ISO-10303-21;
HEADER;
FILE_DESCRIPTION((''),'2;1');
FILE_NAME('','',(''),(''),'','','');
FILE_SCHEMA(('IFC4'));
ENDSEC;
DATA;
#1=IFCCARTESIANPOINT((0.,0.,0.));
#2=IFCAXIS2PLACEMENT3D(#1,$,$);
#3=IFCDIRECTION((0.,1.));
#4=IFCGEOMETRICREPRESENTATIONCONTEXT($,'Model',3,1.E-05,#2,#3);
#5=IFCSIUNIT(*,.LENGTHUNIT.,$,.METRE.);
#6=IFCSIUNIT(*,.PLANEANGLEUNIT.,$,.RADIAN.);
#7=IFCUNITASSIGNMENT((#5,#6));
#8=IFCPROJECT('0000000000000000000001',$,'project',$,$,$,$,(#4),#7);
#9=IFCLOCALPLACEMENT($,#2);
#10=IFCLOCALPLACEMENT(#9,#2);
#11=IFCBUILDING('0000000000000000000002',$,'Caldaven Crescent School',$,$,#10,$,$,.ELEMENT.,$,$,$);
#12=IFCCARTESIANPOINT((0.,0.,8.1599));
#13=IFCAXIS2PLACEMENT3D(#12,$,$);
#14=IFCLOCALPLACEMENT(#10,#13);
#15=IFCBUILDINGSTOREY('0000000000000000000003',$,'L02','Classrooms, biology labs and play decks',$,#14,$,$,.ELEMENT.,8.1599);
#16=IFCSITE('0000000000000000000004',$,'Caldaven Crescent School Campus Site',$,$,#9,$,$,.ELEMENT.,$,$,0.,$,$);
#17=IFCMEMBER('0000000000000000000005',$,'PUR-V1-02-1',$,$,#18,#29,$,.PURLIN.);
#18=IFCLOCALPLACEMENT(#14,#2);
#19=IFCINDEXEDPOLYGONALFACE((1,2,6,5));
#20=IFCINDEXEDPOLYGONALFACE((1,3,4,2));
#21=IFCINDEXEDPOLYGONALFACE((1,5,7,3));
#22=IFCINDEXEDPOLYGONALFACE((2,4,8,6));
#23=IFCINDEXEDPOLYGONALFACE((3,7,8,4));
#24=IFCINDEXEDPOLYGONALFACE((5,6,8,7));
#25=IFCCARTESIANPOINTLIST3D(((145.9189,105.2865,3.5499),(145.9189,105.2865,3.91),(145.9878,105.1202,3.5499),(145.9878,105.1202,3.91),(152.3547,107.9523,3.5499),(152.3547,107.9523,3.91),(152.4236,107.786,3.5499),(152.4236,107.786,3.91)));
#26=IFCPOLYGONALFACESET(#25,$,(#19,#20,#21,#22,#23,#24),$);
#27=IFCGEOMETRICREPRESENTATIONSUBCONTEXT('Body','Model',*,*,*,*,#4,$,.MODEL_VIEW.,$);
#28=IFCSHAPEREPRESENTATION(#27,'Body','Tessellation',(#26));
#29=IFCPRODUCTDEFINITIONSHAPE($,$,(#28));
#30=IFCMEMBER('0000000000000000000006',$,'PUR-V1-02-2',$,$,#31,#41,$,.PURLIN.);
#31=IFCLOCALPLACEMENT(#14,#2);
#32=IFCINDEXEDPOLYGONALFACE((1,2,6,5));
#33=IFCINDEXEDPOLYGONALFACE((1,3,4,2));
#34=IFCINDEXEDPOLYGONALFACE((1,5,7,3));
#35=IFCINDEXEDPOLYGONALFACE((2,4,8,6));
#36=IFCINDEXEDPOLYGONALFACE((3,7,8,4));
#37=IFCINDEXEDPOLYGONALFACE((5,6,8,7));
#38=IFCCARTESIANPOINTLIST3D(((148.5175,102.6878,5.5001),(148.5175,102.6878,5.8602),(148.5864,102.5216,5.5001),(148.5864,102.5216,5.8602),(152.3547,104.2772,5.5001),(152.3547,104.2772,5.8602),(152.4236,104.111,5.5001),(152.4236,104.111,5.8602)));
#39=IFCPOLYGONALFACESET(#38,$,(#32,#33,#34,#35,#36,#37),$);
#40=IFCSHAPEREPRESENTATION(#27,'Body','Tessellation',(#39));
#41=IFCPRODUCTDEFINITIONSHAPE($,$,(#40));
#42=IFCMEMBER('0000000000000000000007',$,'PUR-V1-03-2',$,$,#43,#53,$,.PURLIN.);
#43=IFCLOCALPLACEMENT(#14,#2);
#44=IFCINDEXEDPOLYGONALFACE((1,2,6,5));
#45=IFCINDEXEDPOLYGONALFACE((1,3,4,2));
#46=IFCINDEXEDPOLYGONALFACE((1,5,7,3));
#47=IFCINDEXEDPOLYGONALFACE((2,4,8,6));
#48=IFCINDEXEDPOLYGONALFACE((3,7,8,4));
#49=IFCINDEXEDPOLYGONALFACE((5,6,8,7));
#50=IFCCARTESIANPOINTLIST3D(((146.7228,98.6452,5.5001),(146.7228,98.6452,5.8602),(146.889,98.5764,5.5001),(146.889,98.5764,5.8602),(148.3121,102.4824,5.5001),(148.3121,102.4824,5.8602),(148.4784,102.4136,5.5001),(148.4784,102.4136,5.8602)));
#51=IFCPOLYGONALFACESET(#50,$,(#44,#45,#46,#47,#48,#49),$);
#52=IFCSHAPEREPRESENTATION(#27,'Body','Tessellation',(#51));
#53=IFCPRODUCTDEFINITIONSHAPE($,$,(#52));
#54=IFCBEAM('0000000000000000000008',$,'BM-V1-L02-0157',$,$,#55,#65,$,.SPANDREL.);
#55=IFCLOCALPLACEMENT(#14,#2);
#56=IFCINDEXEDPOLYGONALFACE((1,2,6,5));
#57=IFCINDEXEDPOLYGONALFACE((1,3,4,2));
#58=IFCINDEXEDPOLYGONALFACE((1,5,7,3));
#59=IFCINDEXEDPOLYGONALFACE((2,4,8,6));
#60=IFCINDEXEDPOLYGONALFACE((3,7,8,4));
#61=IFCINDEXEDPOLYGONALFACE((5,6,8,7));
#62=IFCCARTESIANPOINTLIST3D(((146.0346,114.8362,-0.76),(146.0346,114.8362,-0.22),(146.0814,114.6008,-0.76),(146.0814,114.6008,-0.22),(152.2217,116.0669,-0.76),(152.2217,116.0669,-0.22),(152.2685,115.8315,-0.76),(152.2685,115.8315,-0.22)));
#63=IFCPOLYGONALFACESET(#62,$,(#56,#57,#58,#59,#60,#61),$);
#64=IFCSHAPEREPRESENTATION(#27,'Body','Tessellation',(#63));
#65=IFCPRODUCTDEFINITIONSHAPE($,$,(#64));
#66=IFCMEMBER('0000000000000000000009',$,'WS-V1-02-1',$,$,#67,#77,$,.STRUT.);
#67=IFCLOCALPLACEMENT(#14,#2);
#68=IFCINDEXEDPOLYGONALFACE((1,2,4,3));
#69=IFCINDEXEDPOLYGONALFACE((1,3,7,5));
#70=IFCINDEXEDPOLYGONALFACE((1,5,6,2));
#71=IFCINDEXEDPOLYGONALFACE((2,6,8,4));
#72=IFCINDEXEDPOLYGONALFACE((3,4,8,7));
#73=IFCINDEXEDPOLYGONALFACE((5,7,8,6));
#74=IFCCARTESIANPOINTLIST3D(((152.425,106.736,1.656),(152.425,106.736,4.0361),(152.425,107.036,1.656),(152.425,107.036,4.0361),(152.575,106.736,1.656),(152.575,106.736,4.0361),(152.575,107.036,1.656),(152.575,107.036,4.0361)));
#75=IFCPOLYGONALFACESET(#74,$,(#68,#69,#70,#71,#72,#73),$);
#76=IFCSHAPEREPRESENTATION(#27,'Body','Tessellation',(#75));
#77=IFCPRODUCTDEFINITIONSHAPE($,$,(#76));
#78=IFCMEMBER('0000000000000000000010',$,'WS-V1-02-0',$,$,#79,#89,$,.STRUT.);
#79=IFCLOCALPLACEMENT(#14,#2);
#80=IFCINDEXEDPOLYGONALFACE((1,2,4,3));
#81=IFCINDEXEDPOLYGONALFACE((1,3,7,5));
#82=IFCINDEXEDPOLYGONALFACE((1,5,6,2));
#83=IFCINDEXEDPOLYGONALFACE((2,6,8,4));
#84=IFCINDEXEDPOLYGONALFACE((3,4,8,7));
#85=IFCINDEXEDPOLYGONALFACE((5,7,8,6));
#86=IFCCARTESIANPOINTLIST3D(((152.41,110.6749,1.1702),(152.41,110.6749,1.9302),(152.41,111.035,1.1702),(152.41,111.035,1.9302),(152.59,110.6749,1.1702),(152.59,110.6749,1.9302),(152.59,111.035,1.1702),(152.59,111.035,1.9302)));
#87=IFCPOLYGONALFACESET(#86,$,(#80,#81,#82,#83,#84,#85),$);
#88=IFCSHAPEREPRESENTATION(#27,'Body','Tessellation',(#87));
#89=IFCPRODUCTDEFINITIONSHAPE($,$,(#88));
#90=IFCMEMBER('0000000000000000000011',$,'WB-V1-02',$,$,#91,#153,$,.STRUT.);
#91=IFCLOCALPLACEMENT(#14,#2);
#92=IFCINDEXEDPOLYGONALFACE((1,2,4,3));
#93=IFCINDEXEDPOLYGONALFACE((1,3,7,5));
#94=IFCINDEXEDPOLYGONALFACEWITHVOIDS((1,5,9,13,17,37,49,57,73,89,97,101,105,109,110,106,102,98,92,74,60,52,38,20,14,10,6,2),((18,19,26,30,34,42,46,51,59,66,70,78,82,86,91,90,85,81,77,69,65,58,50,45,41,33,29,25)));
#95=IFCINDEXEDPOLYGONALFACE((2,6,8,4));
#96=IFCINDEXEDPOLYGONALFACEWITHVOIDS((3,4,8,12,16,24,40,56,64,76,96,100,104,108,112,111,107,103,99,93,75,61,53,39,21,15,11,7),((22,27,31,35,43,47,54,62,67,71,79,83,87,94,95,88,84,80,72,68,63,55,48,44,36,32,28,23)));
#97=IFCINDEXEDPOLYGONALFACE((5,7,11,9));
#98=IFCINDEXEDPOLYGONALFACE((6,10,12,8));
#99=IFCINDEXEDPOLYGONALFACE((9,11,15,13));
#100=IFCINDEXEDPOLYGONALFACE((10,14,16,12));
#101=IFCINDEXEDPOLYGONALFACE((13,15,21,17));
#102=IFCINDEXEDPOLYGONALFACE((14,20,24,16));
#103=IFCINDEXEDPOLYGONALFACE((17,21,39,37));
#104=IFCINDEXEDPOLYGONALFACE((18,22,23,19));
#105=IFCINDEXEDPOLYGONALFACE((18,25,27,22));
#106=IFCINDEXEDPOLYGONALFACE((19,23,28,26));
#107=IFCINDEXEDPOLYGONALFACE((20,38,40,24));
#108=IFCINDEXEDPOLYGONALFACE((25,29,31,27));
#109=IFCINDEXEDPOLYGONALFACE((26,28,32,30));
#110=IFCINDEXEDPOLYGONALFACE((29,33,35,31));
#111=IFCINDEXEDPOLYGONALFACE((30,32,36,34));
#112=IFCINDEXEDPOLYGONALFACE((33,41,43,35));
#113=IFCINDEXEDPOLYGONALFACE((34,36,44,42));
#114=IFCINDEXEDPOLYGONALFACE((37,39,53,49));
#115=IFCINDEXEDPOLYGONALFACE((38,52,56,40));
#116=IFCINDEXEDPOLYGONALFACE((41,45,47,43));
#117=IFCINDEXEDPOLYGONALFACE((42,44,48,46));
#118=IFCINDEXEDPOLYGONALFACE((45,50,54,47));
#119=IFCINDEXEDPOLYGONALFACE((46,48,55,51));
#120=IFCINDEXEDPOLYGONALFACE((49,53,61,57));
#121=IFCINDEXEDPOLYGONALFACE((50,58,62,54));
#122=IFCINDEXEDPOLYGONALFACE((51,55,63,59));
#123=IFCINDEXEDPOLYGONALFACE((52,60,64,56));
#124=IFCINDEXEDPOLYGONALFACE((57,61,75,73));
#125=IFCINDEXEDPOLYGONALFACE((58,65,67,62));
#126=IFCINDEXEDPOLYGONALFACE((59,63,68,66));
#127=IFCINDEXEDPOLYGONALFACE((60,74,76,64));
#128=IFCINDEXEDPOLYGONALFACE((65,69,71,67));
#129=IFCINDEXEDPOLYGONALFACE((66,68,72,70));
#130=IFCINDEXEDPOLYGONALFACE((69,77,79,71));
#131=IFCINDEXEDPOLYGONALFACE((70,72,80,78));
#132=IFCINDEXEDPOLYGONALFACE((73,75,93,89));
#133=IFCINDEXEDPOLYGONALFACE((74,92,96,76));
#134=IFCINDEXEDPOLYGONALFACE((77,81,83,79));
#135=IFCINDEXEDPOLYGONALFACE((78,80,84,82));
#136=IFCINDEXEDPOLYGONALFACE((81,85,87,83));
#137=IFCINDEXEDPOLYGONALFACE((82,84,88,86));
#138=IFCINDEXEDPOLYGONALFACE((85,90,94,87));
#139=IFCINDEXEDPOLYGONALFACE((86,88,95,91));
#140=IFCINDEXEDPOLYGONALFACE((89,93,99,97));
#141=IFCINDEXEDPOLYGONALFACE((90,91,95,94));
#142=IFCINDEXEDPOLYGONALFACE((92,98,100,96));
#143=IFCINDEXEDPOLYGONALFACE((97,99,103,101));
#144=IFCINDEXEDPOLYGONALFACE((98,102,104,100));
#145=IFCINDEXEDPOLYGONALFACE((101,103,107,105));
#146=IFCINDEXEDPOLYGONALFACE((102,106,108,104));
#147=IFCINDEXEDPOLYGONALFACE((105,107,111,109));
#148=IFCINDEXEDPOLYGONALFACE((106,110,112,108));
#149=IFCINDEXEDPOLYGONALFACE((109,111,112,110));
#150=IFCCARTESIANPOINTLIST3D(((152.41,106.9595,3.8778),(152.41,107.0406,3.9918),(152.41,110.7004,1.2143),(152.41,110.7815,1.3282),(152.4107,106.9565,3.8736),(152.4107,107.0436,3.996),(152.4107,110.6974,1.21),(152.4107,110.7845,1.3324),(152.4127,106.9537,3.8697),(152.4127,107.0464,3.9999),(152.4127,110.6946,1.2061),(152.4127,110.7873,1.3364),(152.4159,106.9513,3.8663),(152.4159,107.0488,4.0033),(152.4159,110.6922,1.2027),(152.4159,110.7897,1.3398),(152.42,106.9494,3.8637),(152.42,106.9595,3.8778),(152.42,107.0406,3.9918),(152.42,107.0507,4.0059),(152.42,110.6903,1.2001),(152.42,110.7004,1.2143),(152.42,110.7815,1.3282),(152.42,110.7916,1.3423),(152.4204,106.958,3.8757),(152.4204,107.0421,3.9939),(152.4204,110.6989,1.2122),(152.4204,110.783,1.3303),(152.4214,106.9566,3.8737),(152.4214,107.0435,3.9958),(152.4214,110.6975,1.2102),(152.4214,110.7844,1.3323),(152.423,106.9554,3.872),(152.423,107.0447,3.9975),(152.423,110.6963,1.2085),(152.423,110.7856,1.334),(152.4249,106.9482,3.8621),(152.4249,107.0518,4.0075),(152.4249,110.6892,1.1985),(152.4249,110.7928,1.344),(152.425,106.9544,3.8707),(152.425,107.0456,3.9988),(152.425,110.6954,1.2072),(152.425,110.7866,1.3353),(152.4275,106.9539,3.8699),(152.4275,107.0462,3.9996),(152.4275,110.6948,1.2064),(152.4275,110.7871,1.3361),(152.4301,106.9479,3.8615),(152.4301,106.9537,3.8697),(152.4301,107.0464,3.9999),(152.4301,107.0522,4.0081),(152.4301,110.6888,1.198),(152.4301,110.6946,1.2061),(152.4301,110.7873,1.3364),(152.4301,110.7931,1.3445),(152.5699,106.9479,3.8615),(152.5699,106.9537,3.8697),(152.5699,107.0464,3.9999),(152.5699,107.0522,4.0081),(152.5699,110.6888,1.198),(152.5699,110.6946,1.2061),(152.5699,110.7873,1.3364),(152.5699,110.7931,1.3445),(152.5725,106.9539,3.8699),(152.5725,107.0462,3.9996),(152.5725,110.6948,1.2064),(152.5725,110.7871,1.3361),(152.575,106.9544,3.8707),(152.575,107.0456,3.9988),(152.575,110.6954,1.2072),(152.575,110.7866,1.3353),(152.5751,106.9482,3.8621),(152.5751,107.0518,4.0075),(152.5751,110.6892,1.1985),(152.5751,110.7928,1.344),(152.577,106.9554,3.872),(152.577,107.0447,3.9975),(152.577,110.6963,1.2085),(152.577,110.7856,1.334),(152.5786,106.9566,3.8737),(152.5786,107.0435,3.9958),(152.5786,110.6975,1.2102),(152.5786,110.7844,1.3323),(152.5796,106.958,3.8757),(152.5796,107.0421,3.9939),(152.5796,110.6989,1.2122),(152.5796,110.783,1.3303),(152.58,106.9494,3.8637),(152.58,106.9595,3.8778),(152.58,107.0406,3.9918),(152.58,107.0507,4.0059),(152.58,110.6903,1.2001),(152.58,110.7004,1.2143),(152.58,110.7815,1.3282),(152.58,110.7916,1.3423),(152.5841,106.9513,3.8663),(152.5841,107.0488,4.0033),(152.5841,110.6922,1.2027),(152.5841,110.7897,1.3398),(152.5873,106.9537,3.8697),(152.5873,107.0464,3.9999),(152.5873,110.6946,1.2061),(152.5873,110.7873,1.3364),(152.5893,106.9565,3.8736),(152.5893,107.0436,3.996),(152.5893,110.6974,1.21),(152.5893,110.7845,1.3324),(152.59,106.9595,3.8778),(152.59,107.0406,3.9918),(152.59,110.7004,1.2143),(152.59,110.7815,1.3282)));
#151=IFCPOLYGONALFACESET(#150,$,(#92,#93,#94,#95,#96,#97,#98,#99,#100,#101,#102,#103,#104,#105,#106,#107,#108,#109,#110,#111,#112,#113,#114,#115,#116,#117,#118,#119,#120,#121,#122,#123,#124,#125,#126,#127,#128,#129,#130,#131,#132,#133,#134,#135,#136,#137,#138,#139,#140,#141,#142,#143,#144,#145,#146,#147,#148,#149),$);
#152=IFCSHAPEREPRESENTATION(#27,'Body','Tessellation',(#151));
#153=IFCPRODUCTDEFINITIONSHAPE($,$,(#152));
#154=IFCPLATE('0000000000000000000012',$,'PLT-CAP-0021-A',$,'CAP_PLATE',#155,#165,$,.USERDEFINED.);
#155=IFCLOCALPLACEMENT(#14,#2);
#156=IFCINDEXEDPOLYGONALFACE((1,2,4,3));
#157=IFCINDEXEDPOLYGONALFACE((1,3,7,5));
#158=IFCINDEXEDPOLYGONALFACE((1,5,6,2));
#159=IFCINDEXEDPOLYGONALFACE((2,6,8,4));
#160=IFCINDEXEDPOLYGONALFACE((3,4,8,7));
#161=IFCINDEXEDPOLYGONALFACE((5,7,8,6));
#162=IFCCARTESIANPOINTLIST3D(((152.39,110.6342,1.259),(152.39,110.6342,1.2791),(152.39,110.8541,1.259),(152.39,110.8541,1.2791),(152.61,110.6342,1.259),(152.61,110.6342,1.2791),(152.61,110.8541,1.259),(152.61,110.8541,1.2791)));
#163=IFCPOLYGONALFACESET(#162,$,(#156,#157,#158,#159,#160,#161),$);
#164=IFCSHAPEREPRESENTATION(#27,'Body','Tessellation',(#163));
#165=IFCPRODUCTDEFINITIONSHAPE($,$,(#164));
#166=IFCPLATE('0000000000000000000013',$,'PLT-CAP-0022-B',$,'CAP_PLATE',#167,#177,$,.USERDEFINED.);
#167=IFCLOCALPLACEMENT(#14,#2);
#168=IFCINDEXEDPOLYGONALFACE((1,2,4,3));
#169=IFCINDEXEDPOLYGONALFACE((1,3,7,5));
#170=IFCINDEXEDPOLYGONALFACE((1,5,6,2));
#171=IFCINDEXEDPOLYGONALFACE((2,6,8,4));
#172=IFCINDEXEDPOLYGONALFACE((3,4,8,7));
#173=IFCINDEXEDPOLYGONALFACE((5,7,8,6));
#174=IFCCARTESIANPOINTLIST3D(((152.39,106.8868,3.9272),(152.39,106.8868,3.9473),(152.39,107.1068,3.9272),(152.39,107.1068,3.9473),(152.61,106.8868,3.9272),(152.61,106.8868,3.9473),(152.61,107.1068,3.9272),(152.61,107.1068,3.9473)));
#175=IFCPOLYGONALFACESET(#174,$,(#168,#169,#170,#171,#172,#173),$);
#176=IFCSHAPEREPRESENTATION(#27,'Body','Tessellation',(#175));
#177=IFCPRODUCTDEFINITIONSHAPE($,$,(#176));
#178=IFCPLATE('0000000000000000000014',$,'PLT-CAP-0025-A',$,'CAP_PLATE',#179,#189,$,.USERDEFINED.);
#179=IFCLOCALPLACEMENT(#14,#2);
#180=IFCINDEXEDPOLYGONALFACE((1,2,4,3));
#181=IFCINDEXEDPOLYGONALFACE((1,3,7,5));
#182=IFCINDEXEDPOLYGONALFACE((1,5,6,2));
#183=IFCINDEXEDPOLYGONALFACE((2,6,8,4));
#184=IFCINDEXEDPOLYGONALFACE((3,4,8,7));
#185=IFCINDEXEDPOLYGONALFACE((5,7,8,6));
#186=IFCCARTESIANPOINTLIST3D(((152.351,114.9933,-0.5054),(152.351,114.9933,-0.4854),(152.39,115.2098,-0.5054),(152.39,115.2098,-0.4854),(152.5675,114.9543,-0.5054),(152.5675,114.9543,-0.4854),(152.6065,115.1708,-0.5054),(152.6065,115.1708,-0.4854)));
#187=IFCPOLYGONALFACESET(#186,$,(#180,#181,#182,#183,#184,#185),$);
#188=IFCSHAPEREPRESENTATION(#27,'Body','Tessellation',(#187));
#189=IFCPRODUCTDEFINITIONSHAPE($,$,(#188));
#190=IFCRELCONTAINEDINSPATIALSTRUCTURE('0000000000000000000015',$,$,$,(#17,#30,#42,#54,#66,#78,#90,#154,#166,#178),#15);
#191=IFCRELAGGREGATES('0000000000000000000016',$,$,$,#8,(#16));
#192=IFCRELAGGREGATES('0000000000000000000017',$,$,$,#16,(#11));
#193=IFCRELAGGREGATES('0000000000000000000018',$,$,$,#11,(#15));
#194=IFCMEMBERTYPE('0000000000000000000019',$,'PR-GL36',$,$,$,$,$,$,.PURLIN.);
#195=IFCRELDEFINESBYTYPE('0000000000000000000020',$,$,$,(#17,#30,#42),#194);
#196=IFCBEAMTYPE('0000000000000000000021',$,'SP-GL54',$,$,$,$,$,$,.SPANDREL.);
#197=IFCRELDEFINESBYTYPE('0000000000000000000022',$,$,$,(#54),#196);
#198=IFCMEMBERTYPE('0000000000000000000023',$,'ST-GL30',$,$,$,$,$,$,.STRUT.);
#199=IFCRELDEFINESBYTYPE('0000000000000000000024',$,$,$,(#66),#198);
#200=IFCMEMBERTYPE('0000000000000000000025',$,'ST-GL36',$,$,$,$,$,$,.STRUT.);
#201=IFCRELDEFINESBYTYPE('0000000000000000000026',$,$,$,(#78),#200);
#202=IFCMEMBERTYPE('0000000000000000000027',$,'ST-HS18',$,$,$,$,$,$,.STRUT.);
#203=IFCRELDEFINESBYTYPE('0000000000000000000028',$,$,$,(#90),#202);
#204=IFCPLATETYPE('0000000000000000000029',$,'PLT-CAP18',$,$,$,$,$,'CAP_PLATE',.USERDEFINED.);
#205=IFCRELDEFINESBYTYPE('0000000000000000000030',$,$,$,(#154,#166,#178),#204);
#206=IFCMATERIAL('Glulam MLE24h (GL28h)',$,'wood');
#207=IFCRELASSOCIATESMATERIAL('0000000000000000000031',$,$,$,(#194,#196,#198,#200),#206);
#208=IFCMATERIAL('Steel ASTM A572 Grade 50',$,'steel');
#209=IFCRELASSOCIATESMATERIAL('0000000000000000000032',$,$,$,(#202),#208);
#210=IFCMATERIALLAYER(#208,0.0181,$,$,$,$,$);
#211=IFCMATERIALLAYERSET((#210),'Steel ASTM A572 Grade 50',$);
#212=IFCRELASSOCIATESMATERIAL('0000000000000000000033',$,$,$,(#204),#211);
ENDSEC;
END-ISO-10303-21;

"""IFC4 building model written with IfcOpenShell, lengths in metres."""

from ifc_helpers import new_model, si_unit, direction, frame, origin, origin_2d, place, context, subcontext, project, spatial, rectangle, hollow_rectangle, extrude, material, layer, layer_set, material_profile, profile_set, type_object, element, save


model = new_model("IFC4")

# Units and contexts
model_context = context("Model", 3, precision=1e-05, world=origin(), true_north=direction((0.0, 1.0)))
body_context = subcontext(model_context, "Body", "Model", "MODEL_VIEW")
ifc_project = project(units=[si_unit("LENGTHUNIT", "METRE"), si_unit("PLANEANGLEUNIT", "RADIAN")], contexts=[model_context])

# Site, building, storey
site_placement = place(None, origin())
site = spatial("IfcSite", under=ifc_project, at=site_placement, Name="Caldaven Crescent School Campus Site", CompositionType="ELEMENT", RefElevation=0.0)
building_placement = place(site_placement, origin())
building = spatial("IfcBuilding", under=site, at=building_placement, Name="Caldaven Crescent School", CompositionType="ELEMENT")
storey_placement = place(building_placement, frame((0.0, 0.0, 8.1599)))
storey = spatial("IfcBuildingStorey", under=building, at=storey_placement, Name="L02", Description="Classrooms, biology labs and play decks", CompositionType="ELEMENT", Elevation=8.1599)

# Shared definitions
ifc_material_1 = material(Name="Steel ASTM A572 Grade 50", Category="steel")

# Shared definitions
ifc_material_2 = material(Name="Glulam MLE24h (GL28h)", Category="wood")

# Members
ifc_material_profile_1 = material_profile(ifc_material_2, rectangle(XDim=0.1799, YDim=0.3601, at=origin_2d()), Name="MLE 180x360")
ifc_profile_set_1 = profile_set([ifc_material_profile_1], Name="Glulam MLE24h (GL28h)")
member_type_1 = type_object("IfcMemberType", Name="PR-GL36", PredefinedType="PURLIN", material=ifc_profile_set_1)
member_1_placement = place(storey_placement, frame((152.3892, 107.8691, 3.73), z_axis=(-0.923881, -0.382681, 0.0), x_axis=(0.382681, -0.923881, 0.0)))
element("IfcMember", 1, at=member_1_placement, inside=storey, type_object=member_type_1, Name="PUR-V1-02-1", PredefinedType="PURLIN", context=body_context, shape_type="SweptSolid", body=[
    extrude(rectangle(XDim=0.1799, YDim=0.3601, at=origin_2d()), origin(), (0.0, 0.0, 1.0), 6.9661),
])
for number, where, z_axis, x_axis, name in (
    (2, (152.3892, 104.1941, 5.6802), (-0.923884, -0.382674, 0.0), (0.382674, -0.923884, 0.0), "PUR-V1-02-2"),
    (3, (148.3953, 102.448, 5.6802), (-0.382674, -0.923884, 0.0), (0.923884, -0.382674, 0.0), "PUR-V1-03-2"),
):
    element("IfcMember", number, at=place(storey_placement, frame(where, z_axis=z_axis, x_axis=x_axis)), inside=storey, type_object=member_type_1, Name=name, PredefinedType="PURLIN", context=body_context, shape_type="SweptSolid", body=[
        extrude(rectangle(XDim=0.1799, YDim=0.3601, at=origin_2d()), origin(), (0.0, 0.0, 1.0), 4.1533),
    ])

# Beam
ifc_material_profile_2 = material_profile(ifc_material_2, rectangle(XDim=0.24, YDim=0.54, at=origin_2d()), Name="MLE 240x540")
ifc_profile_set_2 = profile_set([ifc_material_profile_2], Name="Glulam MLE24h (GL28h)")
beam_type_1 = type_object("IfcBeamType", Name="SP-GL54", PredefinedType="SPANDREL", material=ifc_profile_set_2)
beam_1_placement = place(storey_placement, frame((152.2451, 115.9492, -0.49), z_axis=(-0.980784, -0.195096, 0.0), x_axis=(0.195096, -0.980784, 0.0)))
element("IfcBeam", 4, at=beam_1_placement, inside=storey, type_object=beam_type_1, Name="BM-V1-L02-0157", PredefinedType="SPANDREL", context=body_context, shape_type="SweptSolid", body=[
    extrude(rectangle(XDim=0.24, YDim=0.54, at=origin_2d()), origin(), (0.0, 0.0, 1.0), 6.3083),
])

# Members
ifc_material_profile_3 = material_profile(ifc_material_2, rectangle(XDim=0.1499, YDim=0.3, at=origin_2d()), Name="MLE 150x300")
ifc_profile_set_3 = profile_set([ifc_material_profile_3], Name="Glulam MLE24h (GL28h)")
member_type_2 = type_object("IfcMemberType", Name="ST-GL30", PredefinedType="STRUT", material=ifc_profile_set_3)
member_2_placement = place(storey_placement, frame((152.5, 106.886, 1.656), z_axis=(0.0, 0.0, 1.0), x_axis=(1.0, 0.0, 0.0)))
element("IfcMember", 5, at=member_2_placement, inside=storey, type_object=member_type_2, Name="WS-V1-02-1", PredefinedType="STRUT", context=body_context, shape_type="SweptSolid", body=[
    extrude(rectangle(XDim=0.1499, YDim=0.3, at=origin_2d()), origin(), (0.0, 0.0, 1.0), 2.3801),
])
ifc_material_profile_4 = material_profile(ifc_material_2, rectangle(XDim=0.1799, YDim=0.3601, at=origin_2d()), Name="MLE 180x360")
ifc_profile_set_4 = profile_set([ifc_material_profile_4], Name="Glulam MLE24h (GL28h)")
member_type_3 = type_object("IfcMemberType", Name="ST-GL36", PredefinedType="STRUT", material=ifc_profile_set_4)
member_3_placement = place(storey_placement, frame((152.5, 110.855, 1.1702), z_axis=(0.0, 0.0, 1.0), x_axis=(1.0, 0.0, 0.0)))
element("IfcMember", 6, at=member_3_placement, inside=storey, type_object=member_type_3, Name="WS-V1-02-0", PredefinedType="STRUT", context=body_context, shape_type="SweptSolid", body=[
    extrude(rectangle(XDim=0.1799, YDim=0.3601, at=origin_2d()), origin(), (0.0, 0.0, 1.0), 0.76),
])
ifc_material_profile_5 = material_profile(ifc_material_1, hollow_rectangle(XDim=0.1799, YDim=0.1799, WallThickness=0.01, InnerFilletRadius=0.01, OuterFilletRadius=0.02, at=origin_2d()), Name="HSS 180x180x10")
ifc_profile_set_5 = profile_set([ifc_material_profile_5], Name="Steel ASTM A572 Grade 50")
member_type_4 = type_object("IfcMemberType", Name="ST-HS18", PredefinedType="STRUT", material=ifc_profile_set_5)
member_4_placement = place(storey_placement, frame((152.5, 110.741, 1.2712), z_axis=(0.0, -0.814613, 0.580005), x_axis=(1.0, 0.0, 0.0)))
element("IfcMember", 7, at=member_4_placement, inside=storey, type_object=member_type_4, Name="WB-V1-02", PredefinedType="STRUT", context=body_context, shape_type="SweptSolid", body=[
    extrude(hollow_rectangle(XDim=0.1799, YDim=0.1799, WallThickness=0.01, InnerFilletRadius=0.01, OuterFilletRadius=0.02, at=origin_2d()), origin(), (0.0, 0.0, 1.0), 4.5923),
])

# Plates
ifc_layer_1 = layer(ifc_material_1, 0.0181)
ifc_layer_set_1 = layer_set([ifc_layer_1], Name="Steel ASTM A572 Grade 50")
plate_type_1 = type_object("IfcPlateType", Name="PLT-CAP18", ElementType="CAP_PLATE", PredefinedType="USERDEFINED", material=ifc_layer_set_1)
for number, where, z_axis, x_axis, name in (
    (8, (152.5, 110.7441, 1.259), (0.0, 0.0, 1.0), (0.0, -1.0, 0.0), "PLT-CAP-0021-A"),
    (9, (152.5, 106.9968, 3.9272), (0.0, 0.0, 1.0), (0.0, -1.0, 0.0), "PLT-CAP-0022-B"),
    (10, (152.4788, 115.082, -0.5054), (0.0, 0.0, 1.0), (-0.177085, -0.984196, 0.0), "PLT-CAP-0025-A"),
):
    element("IfcPlate", number, at=place(storey_placement, frame(where, z_axis=z_axis, x_axis=x_axis)), inside=storey, type_object=plate_type_1, Name=name, ObjectType="CAP_PLATE", PredefinedType="USERDEFINED", context=body_context, shape_type="SweptSolid", body=[
        extrude(rectangle(XDim=0.22, YDim=0.22, at=origin_2d()), origin(), (0.0, 0.0, 1.0), 0.02),
    ])

save(model, "model.ifc")
